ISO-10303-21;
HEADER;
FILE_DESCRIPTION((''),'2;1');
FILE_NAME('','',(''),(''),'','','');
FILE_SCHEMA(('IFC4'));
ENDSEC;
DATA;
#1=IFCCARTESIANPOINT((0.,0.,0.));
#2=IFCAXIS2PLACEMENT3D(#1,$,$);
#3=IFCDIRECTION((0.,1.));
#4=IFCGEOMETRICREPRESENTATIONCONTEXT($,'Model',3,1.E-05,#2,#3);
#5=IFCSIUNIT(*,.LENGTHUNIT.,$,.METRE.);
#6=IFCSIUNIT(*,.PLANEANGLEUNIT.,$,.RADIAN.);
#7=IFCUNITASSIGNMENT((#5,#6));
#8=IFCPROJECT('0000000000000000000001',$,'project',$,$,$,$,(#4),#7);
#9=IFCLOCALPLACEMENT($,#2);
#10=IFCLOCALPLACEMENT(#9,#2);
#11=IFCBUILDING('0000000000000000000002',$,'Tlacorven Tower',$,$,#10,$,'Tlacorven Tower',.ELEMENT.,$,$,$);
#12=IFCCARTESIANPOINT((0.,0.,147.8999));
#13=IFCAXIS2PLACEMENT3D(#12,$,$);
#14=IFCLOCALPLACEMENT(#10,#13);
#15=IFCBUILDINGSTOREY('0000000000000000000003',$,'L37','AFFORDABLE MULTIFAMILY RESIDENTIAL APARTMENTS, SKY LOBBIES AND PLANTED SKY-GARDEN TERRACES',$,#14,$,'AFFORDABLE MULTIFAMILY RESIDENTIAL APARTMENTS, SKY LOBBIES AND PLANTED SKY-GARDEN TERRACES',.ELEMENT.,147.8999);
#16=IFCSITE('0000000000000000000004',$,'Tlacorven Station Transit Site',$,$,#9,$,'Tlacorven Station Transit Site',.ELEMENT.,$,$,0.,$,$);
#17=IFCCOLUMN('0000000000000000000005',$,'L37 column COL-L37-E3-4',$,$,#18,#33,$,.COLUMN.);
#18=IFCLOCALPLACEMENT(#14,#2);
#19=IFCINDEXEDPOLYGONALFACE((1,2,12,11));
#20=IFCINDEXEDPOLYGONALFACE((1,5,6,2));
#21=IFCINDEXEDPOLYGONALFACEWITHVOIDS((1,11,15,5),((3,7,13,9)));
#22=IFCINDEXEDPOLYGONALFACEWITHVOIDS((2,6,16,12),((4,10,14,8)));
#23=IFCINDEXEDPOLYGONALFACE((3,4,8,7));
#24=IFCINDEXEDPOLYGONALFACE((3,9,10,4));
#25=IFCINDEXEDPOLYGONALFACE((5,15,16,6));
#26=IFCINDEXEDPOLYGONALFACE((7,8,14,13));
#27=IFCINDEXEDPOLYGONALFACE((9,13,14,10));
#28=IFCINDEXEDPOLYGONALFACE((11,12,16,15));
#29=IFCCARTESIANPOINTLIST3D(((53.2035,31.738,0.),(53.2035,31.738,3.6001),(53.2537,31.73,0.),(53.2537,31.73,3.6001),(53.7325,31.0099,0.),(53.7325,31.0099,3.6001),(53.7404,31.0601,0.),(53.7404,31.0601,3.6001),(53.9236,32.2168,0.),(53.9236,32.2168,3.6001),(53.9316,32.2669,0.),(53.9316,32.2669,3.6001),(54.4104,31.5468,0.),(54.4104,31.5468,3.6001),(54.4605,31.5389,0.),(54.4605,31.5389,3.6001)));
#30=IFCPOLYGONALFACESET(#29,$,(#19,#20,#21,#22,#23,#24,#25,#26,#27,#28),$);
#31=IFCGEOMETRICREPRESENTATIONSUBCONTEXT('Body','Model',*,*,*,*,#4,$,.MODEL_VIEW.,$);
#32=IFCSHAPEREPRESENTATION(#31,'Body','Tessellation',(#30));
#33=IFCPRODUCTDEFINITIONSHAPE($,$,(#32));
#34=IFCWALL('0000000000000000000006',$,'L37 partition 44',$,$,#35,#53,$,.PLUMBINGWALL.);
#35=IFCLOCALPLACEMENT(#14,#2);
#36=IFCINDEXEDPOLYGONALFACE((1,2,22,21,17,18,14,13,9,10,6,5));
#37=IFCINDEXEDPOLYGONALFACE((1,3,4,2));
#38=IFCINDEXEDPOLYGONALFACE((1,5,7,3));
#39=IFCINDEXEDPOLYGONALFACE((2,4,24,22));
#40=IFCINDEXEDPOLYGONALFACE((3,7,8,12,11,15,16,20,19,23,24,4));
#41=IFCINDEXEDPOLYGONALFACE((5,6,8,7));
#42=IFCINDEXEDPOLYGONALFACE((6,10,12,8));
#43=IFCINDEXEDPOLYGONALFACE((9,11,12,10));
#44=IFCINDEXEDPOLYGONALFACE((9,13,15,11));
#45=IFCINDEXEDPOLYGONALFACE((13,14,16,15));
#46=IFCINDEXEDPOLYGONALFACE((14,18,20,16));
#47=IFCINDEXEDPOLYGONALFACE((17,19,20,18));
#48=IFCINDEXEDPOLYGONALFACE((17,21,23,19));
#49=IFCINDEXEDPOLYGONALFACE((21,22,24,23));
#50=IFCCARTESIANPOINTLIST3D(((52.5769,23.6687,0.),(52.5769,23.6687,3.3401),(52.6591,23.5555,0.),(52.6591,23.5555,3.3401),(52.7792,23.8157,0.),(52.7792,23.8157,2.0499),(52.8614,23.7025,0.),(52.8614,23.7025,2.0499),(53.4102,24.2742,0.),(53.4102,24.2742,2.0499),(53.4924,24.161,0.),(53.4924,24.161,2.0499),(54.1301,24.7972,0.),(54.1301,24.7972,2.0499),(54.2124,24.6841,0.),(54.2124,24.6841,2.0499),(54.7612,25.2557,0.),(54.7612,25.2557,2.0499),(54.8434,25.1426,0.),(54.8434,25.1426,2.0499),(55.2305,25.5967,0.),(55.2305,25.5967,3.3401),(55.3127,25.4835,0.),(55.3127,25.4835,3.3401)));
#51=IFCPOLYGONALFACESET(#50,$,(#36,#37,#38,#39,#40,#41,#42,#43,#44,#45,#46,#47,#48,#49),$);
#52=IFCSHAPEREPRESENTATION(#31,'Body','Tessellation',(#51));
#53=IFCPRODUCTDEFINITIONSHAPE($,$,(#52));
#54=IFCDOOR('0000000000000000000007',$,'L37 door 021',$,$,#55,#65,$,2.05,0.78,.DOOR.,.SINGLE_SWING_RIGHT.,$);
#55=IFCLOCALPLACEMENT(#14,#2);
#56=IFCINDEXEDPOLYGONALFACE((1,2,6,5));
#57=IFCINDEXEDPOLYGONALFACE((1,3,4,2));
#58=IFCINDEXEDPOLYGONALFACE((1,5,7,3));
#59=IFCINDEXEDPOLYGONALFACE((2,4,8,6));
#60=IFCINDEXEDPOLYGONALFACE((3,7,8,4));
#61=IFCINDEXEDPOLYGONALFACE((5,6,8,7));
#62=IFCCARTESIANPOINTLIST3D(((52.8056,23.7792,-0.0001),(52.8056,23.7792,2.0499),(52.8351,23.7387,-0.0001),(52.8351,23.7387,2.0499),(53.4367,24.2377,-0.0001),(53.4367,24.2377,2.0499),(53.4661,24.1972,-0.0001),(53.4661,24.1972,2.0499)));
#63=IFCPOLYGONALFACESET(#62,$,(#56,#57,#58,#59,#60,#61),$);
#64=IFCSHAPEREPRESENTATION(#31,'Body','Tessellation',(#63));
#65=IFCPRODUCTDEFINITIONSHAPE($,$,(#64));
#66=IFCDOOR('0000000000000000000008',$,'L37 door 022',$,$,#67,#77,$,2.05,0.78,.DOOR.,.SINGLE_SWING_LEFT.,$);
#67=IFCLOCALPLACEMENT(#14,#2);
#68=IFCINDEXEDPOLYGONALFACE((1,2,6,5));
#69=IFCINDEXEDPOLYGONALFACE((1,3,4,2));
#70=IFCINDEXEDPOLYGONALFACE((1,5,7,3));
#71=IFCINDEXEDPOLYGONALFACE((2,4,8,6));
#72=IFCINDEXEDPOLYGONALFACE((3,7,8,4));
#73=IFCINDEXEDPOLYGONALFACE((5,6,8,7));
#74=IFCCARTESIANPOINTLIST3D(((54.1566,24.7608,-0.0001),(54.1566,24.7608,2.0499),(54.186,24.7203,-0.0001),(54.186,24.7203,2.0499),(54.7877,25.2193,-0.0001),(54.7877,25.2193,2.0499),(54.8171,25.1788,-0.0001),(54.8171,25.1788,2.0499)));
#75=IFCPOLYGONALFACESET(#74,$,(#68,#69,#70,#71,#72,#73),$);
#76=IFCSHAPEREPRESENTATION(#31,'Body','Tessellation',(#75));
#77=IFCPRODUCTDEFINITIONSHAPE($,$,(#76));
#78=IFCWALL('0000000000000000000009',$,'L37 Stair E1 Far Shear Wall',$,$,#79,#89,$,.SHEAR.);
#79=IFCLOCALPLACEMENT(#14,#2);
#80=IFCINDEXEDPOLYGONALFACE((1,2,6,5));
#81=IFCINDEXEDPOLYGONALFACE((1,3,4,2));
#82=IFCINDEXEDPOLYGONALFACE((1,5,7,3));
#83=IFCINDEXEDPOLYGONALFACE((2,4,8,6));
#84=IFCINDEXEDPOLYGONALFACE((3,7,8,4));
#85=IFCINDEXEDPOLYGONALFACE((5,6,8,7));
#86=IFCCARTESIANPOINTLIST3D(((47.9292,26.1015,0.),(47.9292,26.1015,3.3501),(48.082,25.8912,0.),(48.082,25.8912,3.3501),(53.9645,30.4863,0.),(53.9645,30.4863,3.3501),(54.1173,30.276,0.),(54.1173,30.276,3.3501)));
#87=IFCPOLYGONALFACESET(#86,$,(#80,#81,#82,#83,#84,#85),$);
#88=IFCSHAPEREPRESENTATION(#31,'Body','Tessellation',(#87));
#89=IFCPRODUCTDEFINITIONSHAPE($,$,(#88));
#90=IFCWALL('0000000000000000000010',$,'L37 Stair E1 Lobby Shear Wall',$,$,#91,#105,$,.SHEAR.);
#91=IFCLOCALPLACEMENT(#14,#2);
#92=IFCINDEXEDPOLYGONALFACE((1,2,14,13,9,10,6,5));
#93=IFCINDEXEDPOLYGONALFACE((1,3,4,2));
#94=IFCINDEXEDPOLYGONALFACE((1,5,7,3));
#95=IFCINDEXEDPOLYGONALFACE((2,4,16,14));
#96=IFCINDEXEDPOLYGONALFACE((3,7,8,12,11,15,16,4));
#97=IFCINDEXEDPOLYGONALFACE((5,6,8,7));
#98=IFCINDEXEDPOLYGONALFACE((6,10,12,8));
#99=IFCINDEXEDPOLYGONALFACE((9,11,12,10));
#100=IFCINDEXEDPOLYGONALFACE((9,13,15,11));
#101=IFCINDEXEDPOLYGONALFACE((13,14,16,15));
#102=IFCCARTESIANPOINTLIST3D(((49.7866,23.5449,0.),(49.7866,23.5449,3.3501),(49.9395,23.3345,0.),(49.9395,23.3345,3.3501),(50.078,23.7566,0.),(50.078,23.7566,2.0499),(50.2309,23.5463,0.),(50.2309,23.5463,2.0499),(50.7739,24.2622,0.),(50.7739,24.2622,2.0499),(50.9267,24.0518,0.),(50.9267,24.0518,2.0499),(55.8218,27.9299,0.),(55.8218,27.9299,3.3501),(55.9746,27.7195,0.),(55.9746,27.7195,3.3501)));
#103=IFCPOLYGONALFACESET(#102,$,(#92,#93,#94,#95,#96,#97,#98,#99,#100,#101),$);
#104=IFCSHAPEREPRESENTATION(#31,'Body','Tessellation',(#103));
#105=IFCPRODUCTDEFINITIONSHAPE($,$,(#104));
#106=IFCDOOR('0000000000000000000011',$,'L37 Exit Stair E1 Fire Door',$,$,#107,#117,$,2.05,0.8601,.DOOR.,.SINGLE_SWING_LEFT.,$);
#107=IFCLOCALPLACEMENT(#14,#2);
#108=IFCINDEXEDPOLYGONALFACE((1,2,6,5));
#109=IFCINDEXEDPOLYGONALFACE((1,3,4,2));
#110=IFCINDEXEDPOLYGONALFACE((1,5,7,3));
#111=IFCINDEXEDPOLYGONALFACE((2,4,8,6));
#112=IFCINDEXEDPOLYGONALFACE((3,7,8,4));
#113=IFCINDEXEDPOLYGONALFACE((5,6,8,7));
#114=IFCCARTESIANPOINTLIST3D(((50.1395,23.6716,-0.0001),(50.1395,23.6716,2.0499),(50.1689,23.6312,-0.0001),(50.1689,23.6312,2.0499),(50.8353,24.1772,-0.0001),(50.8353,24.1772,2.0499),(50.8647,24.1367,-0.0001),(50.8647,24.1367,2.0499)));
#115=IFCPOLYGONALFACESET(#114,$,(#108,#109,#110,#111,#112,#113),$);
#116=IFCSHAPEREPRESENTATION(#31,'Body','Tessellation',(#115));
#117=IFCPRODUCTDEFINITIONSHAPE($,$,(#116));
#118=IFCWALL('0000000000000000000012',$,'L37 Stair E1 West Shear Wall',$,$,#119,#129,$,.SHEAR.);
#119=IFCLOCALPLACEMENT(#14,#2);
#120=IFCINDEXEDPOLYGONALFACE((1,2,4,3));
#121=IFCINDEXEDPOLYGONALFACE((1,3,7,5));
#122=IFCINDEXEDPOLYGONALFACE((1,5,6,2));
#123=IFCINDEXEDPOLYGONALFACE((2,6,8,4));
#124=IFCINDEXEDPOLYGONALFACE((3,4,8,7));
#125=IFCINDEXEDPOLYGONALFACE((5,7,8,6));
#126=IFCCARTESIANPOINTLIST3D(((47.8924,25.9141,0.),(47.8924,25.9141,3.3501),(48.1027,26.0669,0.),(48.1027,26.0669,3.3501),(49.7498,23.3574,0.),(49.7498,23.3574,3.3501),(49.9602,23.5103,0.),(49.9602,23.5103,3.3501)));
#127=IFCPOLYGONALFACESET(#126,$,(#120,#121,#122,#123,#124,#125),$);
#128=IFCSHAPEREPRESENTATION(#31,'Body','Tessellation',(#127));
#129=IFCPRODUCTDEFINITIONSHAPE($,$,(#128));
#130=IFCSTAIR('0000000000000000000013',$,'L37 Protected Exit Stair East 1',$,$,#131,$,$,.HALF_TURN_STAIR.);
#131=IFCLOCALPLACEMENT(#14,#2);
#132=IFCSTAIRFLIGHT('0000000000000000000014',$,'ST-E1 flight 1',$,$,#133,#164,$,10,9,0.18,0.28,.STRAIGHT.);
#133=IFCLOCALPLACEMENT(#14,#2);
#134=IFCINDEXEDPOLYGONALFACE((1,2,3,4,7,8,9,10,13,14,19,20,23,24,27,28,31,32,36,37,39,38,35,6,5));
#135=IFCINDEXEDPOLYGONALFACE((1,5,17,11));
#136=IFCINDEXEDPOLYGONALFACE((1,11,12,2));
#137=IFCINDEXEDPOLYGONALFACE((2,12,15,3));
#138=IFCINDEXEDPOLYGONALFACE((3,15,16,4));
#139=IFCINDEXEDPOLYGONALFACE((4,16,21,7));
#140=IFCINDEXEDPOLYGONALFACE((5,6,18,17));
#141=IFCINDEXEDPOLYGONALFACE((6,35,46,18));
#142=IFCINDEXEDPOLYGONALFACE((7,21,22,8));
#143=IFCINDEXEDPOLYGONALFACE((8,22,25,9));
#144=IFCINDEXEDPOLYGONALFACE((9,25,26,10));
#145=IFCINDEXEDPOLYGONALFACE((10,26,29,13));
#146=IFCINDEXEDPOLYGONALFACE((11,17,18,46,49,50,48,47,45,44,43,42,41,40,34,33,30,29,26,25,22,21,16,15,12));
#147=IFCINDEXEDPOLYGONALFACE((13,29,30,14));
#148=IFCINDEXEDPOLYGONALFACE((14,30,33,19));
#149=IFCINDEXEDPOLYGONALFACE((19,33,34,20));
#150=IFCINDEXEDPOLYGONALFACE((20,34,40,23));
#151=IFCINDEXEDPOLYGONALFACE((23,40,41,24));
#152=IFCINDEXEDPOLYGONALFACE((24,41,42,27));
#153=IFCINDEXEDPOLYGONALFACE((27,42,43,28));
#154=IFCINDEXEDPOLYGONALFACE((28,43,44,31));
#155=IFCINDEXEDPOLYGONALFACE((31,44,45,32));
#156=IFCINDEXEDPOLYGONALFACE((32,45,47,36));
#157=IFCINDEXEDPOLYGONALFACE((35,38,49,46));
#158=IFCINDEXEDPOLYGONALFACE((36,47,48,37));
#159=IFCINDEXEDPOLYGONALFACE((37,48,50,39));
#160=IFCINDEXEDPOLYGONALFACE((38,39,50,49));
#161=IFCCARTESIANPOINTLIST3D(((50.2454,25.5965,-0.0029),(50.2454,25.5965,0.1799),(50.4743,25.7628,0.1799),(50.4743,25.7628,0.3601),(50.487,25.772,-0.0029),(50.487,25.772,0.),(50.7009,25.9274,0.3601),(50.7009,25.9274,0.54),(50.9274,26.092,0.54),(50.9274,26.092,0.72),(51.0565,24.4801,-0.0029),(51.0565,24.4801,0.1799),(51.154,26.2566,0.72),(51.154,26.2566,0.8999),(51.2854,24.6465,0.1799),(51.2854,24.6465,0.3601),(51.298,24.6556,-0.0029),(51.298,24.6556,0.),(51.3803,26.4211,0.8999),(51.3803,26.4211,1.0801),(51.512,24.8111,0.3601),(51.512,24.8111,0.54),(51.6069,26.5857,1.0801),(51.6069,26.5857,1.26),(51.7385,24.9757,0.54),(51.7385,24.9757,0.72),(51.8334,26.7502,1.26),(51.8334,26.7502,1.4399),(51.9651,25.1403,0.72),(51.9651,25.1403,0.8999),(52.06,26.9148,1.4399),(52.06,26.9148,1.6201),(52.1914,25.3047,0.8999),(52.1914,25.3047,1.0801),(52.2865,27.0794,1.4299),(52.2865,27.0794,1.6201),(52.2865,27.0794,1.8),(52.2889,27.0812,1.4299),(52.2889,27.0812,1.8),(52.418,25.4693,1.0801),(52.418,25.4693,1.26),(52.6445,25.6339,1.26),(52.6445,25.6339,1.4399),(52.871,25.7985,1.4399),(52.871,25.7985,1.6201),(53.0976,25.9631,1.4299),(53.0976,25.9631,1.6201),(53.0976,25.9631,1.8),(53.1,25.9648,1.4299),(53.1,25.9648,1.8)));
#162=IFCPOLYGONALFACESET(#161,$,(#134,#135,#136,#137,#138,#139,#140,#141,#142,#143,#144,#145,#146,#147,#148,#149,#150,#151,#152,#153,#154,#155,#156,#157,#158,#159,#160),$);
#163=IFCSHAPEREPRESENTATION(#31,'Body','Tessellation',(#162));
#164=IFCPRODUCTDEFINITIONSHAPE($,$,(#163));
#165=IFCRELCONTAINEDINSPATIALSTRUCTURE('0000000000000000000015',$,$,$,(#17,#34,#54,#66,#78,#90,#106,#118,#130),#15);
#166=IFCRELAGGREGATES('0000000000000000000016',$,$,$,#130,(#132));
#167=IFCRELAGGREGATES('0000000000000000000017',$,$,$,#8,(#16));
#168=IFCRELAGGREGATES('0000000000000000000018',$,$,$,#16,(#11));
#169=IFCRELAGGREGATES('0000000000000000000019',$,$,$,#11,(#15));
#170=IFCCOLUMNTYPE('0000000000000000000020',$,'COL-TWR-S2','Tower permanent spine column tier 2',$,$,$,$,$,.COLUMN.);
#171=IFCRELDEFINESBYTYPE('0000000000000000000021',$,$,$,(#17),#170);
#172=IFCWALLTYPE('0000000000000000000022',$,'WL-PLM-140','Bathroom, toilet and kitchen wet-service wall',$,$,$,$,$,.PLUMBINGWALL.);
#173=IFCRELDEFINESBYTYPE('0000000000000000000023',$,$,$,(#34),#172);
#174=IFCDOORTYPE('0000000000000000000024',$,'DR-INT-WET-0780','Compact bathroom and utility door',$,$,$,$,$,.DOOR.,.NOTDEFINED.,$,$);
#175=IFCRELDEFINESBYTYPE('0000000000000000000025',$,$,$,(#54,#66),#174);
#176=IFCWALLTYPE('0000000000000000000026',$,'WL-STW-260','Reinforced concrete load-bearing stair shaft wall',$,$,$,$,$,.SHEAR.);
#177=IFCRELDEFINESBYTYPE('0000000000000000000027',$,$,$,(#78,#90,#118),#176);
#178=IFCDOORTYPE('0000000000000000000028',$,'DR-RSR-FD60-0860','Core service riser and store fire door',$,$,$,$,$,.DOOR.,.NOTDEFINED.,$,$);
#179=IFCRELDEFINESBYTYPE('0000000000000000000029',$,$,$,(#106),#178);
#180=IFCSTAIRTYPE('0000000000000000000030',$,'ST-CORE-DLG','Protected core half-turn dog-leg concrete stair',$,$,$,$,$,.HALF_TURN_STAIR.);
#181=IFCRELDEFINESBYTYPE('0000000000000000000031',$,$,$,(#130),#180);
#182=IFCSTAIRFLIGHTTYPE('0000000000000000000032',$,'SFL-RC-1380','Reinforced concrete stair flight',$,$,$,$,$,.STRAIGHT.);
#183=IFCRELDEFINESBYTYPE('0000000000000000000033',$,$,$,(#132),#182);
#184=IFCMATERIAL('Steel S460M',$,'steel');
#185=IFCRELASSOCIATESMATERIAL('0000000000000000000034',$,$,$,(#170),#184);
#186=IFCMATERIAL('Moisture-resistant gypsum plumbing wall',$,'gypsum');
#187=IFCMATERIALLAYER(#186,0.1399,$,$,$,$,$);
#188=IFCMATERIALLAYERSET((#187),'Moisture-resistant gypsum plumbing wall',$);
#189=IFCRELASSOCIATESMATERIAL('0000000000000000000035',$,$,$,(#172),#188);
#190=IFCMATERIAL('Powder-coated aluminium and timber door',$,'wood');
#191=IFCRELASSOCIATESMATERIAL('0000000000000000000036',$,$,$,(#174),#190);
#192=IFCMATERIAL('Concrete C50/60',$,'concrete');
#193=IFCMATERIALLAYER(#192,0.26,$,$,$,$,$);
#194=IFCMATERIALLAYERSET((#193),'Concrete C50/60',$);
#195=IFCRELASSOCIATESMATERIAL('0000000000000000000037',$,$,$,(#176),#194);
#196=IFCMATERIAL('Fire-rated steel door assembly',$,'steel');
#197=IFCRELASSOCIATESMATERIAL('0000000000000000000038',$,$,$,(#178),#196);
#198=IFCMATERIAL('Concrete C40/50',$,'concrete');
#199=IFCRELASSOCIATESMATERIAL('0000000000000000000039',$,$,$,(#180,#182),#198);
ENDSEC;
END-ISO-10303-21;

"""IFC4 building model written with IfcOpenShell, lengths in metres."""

from ifc_helpers import new_model, si_unit, direction, frame, frame_2d, origin, origin_2d, place, context, subcontext, project, spatial, polyline, rectangle, hollow_rectangle, outline, extrude, source, transform, mapped, material, layer, layer_set, material_profile, profile_set, type_object, element, fill, aggregate, save


model = new_model("IFC4")

# Units and contexts
model_context = context("Model", 3, precision=1e-05, world=origin(), true_north=direction((0.0, 1.0)))
body_context = subcontext(model_context, "Body", "Model", "MODEL_VIEW")
ifc_project = project(units=[si_unit("LENGTHUNIT", "METRE"), si_unit("PLANEANGLEUNIT", "RADIAN")], contexts=[model_context])

# Site, building, storey
site_placement = place(None, origin())
site = spatial("IfcSite", under=ifc_project, at=site_placement, Name="Tlacorven Station Transit Site", LongName="Tlacorven Station Transit Site", CompositionType="ELEMENT", RefElevation=0.0)
building_placement = place(site_placement, origin())
building = spatial("IfcBuilding", under=site, at=building_placement, Name="Tlacorven Tower", LongName="Tlacorven Tower", CompositionType="ELEMENT")
storey_placement = place(building_placement, frame((0.0, 0.0, 147.8999)))
storey = spatial("IfcBuildingStorey", under=building, at=storey_placement, Name="L37", Description="AFFORDABLE MULTIFAMILY RESIDENTIAL APARTMENTS, SKY LOBBIES AND PLANTED SKY-GARDEN TERRACES", LongName="AFFORDABLE MULTIFAMILY RESIDENTIAL APARTMENTS, SKY LOBBIES AND PLANTED SKY-GARDEN TERRACES", CompositionType="ELEMENT", Elevation=147.8999)

# Column
ifc_material_1 = material(Name="Steel S460M", Category="steel")
ifc_material_profile = material_profile(ifc_material_1, hollow_rectangle(XDim=0.8999, YDim=0.8999, WallThickness=0.0359, at=origin_2d()), Name="BOX 900X900X36")
ifc_profile_set = profile_set([ifc_material_profile], Name="Steel S460M")
column_type = type_object("IfcColumnType", Name="COL-TWR-S2", Description="Tower permanent spine column tier 2", PredefinedType="COLUMN", material=ifc_profile_set)
shared_shape_1 = source(origin(), body_context, "Body", "SweptSolid", [
    extrude(hollow_rectangle(XDim=0.8999, YDim=0.8999, WallThickness=0.0359, at=origin_2d()), origin(), (0.0, 0.0, 1.0), 3.6001),
])
column_placement = place(storey_placement, frame((53.832, 31.6384, 0.0), z_axis=(0.0, 0.0, 1.0), x_axis=(0.809017, 0.587785, 0.0)))
element("IfcColumn", 1, at=column_placement, inside=storey, type_object=column_type, Name="L37 column COL-L37-E3-4", PredefinedType="COLUMN", context=body_context, shape_type="MappedRepresentation", body=[
    mapped(shared_shape_1, transform((0.0, 0.0, 0.0), scale=1.0)),
])

# Wall, openings, doors
ifc_material_2 = material(Name="Moisture-resistant gypsum plumbing wall", Category="gypsum")
ifc_layer_1 = layer(ifc_material_2, 0.1399)
ifc_layer_set_1 = layer_set([ifc_layer_1], Name="Moisture-resistant gypsum plumbing wall")
wall_type_1 = type_object("IfcWallType", Name="WL-PLM-140", Description="Bathroom, toilet and kitchen wet-service wall", PredefinedType="PLUMBINGWALL", material=ifc_layer_set_1)
wall_1_placement = place(storey_placement, frame((52.6179, 23.6121, 0.0), z_axis=(0.0, 0.0, 1.0), x_axis=(0.80901, 0.587795, 0.0)))
wall_1 = element("IfcWall", 2, at=wall_1_placement, inside=storey, type_object=wall_type_1, Name="L37 partition 44", PredefinedType="PLUMBINGWALL", context=body_context, shape_type="SweptSolid", body=[
    extrude(rectangle(XDim=3.28, YDim=0.1399, at=frame_2d((1.6401, 0.0))), origin(), (0.0, 0.0, 1.0), 3.3401),
])
opening_1_placement = place(wall_1_placement, frame((0.25, 0.0, 0.0)))
opening_1 = element("IfcOpeningElement", 3, at=opening_1_placement, cuts=wall_1, PredefinedType="OPENING", context=body_context, shape_type="SweptSolid", body=[
    extrude(rectangle(XDim=0.78, YDim=2.05, at=frame_2d((0.3901, 1.0249))), frame((0.0, 0.0801, 0.0), z_axis=(0.0, -1.0, 0.0), x_axis=(1.0, 0.0, 0.0)), (0.0, 0.0, 1.0), 0.1599),
])
opening_2_placement = place(wall_1_placement, frame((1.9199, 0.0, 0.0)))
opening_2 = element("IfcOpeningElement", 4, at=opening_2_placement, cuts=wall_1, PredefinedType="OPENING", context=body_context, shape_type="SweptSolid", body=[
    extrude(rectangle(XDim=0.78, YDim=2.05, at=frame_2d((0.3901, 1.0249))), frame((0.0, 0.0801, 0.0), z_axis=(0.0, -1.0, 0.0), x_axis=(1.0, 0.0, 0.0)), (0.0, 0.0, 1.0), 0.1599),
])
ifc_material_3 = material(Name="Powder-coated aluminium and timber door", Category="wood")
door_type_1 = type_object("IfcDoorType", Name="DR-INT-WET-0780", Description="Compact bathroom and utility door", OperationType="NOTDEFINED", PredefinedType="DOOR", material=ifc_material_3)
shared_shape_2 = source(origin(), body_context, "Body", "SweptSolid", [
    extrude(rectangle(XDim=0.78, YDim=2.05, at=frame_2d((0.3901, 1.0249))), frame((0.0, 0.0249, 0.0), z_axis=(0.0, -1.0, 0.0), x_axis=(1.0, 0.0, 0.0)), (0.0, 0.0, 1.0), 0.05),
])
door_1_placement = place(opening_1_placement, origin())
door_1 = element("IfcDoor", 5, at=door_1_placement, inside=storey, type_object=door_type_1, Name="L37 door 021", OperationType="SINGLE_SWING_RIGHT", OverallHeight=2.05, OverallWidth=0.78, PredefinedType="DOOR", context=body_context, shape_type="MappedRepresentation", body=[
    mapped(shared_shape_2, transform((0.0, 0.0, 0.0), scale=1.0)),
])
fill(opening_1, door_1)
door_2_placement = place(opening_2_placement, origin())
door_2 = element("IfcDoor", 6, at=door_2_placement, inside=storey, type_object=door_type_1, Name="L37 door 022", OperationType="SINGLE_SWING_LEFT", OverallHeight=2.05, OverallWidth=0.78, PredefinedType="DOOR", context=body_context, shape_type="MappedRepresentation", body=[
    mapped(shared_shape_2, transform((0.0, 0.0, 0.0), scale=1.0)),
])
fill(opening_2, door_2)

# Wall
ifc_material_4 = material(Name="Concrete C50/60", Category="concrete")
ifc_layer_2 = layer(ifc_material_4, 0.26)
ifc_layer_set_2 = layer_set([ifc_layer_2], Name="Concrete C50/60")
wall_type_2 = type_object("IfcWallType", Name="WL-STW-260", Description="Reinforced concrete load-bearing stair shaft wall", PredefinedType="SHEAR", material=ifc_layer_set_2)
wall_2_placement = place(storey_placement, frame((48.0056, 25.9963, 0.0), z_axis=(0.0, 0.0, 1.0), x_axis=(0.809019, 0.587782, 0.0)))
element("IfcWall", 7, at=wall_2_placement, inside=storey, type_object=wall_type_2, Name="L37 Stair E1 Far Shear Wall", PredefinedType="SHEAR", context=body_context, shape_type="SweptSolid", body=[
    extrude(rectangle(XDim=7.46, YDim=0.26, at=frame_2d((3.73, 0.0))), origin(), (0.0, 0.0, 1.0), 3.3501),
])

# Wall, opening, door
wall_3_placement = place(storey_placement, frame((49.863, 23.4397, 0.0), z_axis=(0.0, 0.0, 1.0), x_axis=(0.809003, 0.587804, 0.0)))
wall_3 = element("IfcWall", 8, at=wall_3_placement, inside=storey, type_object=wall_type_2, Name="L37 Stair E1 Lobby Shear Wall", PredefinedType="SHEAR", context=body_context, shape_type="SweptSolid", body=[
    extrude(rectangle(XDim=7.46, YDim=0.26, at=frame_2d((3.73, 0.0))), origin(), (0.0, 0.0, 1.0), 3.3501),
])
opening_3_placement = place(wall_3_placement, frame((0.3601, 0.0, 0.0)))
opening_3 = element("IfcOpeningElement", 9, at=opening_3_placement, cuts=wall_3, PredefinedType="OPENING", context=body_context, shape_type="SweptSolid", body=[
    extrude(rectangle(XDim=0.8601, YDim=2.05, at=frame_2d((0.4302, 1.0249))), frame((0.0, 0.1401, 0.0), z_axis=(0.0, -1.0, 0.0), x_axis=(1.0, 0.0, 0.0)), (0.0, 0.0, 1.0), 0.28),
])
ifc_material_5 = material(Name="Fire-rated steel door assembly", Category="steel")
door_type_2 = type_object("IfcDoorType", Name="DR-RSR-FD60-0860", Description="Core service riser and store fire door", OperationType="NOTDEFINED", PredefinedType="DOOR", material=ifc_material_5)
shared_shape_3 = source(origin(), body_context, "Body", "SweptSolid", [
    extrude(rectangle(XDim=0.8601, YDim=2.05, at=frame_2d((0.4302, 1.0249))), frame((0.0, 0.0249, 0.0), z_axis=(0.0, -1.0, 0.0), x_axis=(1.0, 0.0, 0.0)), (0.0, 0.0, 1.0), 0.05),
])
door_3_placement = place(opening_3_placement, frame((0.8601, 0.0, 0.0), z_axis=(0.0, 0.0, 1.0), x_axis=(-1.0, 0.0, 0.0)))
door_3 = element("IfcDoor", 10, at=door_3_placement, inside=storey, type_object=door_type_2, Name="L37 Exit Stair E1 Fire Door", OperationType="SINGLE_SWING_LEFT", OverallHeight=2.05, OverallWidth=0.8601, PredefinedType="DOOR", context=body_context, shape_type="MappedRepresentation", body=[
    mapped(shared_shape_3, transform((0.0, 0.0, 0.0), scale=1.0)),
])
fill(opening_3, door_3)

# Wall
wall_4_placement = place(storey_placement, frame((49.855, 23.4338, 0.0), z_axis=(0.0, 0.0, 1.0), x_axis=(-0.587767, 0.80903, 0.0)))
element("IfcWall", 11, at=wall_4_placement, inside=storey, type_object=wall_type_2, Name="L37 Stair E1 West Shear Wall", PredefinedType="SHEAR", context=body_context, shape_type="SweptSolid", body=[
    extrude(rectangle(XDim=3.1602, YDim=0.26, at=frame_2d((1.5801, 0.0))), origin(), (0.0, 0.0, 1.0), 3.3501),
])

# Stair, stair flight
ifc_material_6 = material(Name="Concrete C40/50", Category="concrete")
stair_type = type_object("IfcStairType", Name="ST-CORE-DLG", Description="Protected core half-turn dog-leg concrete stair", PredefinedType="HALF_TURN_STAIR", material=ifc_material_6)
stair_placement = place(storey_placement, origin())
stair = element("IfcStair", 12, at=stair_placement, inside=storey, type_object=stair_type, Name="L37 Protected Exit Stair East 1", PredefinedType="HALF_TURN_STAIR")
stair_flight_type = type_object("IfcStairFlightType", Name="SFL-RC-1380", Description="Reinforced concrete stair flight", PredefinedType="STRAIGHT", material=ifc_material_6)
shared_shape_4 = source(origin(), body_context, "Body", "SweptSolid", [
    extrude(outline(polyline([(-0.0029, -0.0029), (-0.0029, 0.1799), (0.28, 0.1799), (0.28, 0.3601), (0.5601, 0.3601), (0.5601, 0.54), (0.8401, 0.54), (0.8401, 0.72), (1.1201, 0.72), (1.1201, 0.8999), (1.3999, 0.8999), (1.3999, 1.0801), (1.6799, 1.0801), (1.6799, 1.26), (1.96, 1.26), (1.96, 1.4399), (2.24, 1.4399), (2.24, 1.6201), (2.52, 1.6201), (2.52, 1.8), (2.5229, 1.8), (2.5229, 1.4299), (2.52, 1.4299), (0.2957, 0.0), (0.2957, -0.0029), (-0.0029, -0.0029)])), frame((0.0, 0.6899, 0.0), z_axis=(0.0, -1.0, 0.0), x_axis=(1.0, 0.0, 0.0)), (0.0, 0.0, 1.0), 1.3799),
])
stair_flight_1_placement = place(storey_placement, frame((50.6533, 25.04, 0.0), z_axis=(0.0, 0.0, 1.0), x_axis=(0.809017, 0.587785, 0.0)))
stair_flight_1 = element("IfcStairFlight", 13, at=stair_flight_1_placement, type_object=stair_flight_type, Name="ST-E1 flight 1", NumberOfRisers=10, NumberOfTreads=9, PredefinedType="STRAIGHT", RiserHeight=0.18, TreadLength=0.28, context=body_context, shape_type="MappedRepresentation", body=[
    mapped(shared_shape_4, transform((0.0, 0.0, 0.0), scale=1.0)),
])
aggregate(stair, [stair_flight_1])

save(model, "model.ifc")
